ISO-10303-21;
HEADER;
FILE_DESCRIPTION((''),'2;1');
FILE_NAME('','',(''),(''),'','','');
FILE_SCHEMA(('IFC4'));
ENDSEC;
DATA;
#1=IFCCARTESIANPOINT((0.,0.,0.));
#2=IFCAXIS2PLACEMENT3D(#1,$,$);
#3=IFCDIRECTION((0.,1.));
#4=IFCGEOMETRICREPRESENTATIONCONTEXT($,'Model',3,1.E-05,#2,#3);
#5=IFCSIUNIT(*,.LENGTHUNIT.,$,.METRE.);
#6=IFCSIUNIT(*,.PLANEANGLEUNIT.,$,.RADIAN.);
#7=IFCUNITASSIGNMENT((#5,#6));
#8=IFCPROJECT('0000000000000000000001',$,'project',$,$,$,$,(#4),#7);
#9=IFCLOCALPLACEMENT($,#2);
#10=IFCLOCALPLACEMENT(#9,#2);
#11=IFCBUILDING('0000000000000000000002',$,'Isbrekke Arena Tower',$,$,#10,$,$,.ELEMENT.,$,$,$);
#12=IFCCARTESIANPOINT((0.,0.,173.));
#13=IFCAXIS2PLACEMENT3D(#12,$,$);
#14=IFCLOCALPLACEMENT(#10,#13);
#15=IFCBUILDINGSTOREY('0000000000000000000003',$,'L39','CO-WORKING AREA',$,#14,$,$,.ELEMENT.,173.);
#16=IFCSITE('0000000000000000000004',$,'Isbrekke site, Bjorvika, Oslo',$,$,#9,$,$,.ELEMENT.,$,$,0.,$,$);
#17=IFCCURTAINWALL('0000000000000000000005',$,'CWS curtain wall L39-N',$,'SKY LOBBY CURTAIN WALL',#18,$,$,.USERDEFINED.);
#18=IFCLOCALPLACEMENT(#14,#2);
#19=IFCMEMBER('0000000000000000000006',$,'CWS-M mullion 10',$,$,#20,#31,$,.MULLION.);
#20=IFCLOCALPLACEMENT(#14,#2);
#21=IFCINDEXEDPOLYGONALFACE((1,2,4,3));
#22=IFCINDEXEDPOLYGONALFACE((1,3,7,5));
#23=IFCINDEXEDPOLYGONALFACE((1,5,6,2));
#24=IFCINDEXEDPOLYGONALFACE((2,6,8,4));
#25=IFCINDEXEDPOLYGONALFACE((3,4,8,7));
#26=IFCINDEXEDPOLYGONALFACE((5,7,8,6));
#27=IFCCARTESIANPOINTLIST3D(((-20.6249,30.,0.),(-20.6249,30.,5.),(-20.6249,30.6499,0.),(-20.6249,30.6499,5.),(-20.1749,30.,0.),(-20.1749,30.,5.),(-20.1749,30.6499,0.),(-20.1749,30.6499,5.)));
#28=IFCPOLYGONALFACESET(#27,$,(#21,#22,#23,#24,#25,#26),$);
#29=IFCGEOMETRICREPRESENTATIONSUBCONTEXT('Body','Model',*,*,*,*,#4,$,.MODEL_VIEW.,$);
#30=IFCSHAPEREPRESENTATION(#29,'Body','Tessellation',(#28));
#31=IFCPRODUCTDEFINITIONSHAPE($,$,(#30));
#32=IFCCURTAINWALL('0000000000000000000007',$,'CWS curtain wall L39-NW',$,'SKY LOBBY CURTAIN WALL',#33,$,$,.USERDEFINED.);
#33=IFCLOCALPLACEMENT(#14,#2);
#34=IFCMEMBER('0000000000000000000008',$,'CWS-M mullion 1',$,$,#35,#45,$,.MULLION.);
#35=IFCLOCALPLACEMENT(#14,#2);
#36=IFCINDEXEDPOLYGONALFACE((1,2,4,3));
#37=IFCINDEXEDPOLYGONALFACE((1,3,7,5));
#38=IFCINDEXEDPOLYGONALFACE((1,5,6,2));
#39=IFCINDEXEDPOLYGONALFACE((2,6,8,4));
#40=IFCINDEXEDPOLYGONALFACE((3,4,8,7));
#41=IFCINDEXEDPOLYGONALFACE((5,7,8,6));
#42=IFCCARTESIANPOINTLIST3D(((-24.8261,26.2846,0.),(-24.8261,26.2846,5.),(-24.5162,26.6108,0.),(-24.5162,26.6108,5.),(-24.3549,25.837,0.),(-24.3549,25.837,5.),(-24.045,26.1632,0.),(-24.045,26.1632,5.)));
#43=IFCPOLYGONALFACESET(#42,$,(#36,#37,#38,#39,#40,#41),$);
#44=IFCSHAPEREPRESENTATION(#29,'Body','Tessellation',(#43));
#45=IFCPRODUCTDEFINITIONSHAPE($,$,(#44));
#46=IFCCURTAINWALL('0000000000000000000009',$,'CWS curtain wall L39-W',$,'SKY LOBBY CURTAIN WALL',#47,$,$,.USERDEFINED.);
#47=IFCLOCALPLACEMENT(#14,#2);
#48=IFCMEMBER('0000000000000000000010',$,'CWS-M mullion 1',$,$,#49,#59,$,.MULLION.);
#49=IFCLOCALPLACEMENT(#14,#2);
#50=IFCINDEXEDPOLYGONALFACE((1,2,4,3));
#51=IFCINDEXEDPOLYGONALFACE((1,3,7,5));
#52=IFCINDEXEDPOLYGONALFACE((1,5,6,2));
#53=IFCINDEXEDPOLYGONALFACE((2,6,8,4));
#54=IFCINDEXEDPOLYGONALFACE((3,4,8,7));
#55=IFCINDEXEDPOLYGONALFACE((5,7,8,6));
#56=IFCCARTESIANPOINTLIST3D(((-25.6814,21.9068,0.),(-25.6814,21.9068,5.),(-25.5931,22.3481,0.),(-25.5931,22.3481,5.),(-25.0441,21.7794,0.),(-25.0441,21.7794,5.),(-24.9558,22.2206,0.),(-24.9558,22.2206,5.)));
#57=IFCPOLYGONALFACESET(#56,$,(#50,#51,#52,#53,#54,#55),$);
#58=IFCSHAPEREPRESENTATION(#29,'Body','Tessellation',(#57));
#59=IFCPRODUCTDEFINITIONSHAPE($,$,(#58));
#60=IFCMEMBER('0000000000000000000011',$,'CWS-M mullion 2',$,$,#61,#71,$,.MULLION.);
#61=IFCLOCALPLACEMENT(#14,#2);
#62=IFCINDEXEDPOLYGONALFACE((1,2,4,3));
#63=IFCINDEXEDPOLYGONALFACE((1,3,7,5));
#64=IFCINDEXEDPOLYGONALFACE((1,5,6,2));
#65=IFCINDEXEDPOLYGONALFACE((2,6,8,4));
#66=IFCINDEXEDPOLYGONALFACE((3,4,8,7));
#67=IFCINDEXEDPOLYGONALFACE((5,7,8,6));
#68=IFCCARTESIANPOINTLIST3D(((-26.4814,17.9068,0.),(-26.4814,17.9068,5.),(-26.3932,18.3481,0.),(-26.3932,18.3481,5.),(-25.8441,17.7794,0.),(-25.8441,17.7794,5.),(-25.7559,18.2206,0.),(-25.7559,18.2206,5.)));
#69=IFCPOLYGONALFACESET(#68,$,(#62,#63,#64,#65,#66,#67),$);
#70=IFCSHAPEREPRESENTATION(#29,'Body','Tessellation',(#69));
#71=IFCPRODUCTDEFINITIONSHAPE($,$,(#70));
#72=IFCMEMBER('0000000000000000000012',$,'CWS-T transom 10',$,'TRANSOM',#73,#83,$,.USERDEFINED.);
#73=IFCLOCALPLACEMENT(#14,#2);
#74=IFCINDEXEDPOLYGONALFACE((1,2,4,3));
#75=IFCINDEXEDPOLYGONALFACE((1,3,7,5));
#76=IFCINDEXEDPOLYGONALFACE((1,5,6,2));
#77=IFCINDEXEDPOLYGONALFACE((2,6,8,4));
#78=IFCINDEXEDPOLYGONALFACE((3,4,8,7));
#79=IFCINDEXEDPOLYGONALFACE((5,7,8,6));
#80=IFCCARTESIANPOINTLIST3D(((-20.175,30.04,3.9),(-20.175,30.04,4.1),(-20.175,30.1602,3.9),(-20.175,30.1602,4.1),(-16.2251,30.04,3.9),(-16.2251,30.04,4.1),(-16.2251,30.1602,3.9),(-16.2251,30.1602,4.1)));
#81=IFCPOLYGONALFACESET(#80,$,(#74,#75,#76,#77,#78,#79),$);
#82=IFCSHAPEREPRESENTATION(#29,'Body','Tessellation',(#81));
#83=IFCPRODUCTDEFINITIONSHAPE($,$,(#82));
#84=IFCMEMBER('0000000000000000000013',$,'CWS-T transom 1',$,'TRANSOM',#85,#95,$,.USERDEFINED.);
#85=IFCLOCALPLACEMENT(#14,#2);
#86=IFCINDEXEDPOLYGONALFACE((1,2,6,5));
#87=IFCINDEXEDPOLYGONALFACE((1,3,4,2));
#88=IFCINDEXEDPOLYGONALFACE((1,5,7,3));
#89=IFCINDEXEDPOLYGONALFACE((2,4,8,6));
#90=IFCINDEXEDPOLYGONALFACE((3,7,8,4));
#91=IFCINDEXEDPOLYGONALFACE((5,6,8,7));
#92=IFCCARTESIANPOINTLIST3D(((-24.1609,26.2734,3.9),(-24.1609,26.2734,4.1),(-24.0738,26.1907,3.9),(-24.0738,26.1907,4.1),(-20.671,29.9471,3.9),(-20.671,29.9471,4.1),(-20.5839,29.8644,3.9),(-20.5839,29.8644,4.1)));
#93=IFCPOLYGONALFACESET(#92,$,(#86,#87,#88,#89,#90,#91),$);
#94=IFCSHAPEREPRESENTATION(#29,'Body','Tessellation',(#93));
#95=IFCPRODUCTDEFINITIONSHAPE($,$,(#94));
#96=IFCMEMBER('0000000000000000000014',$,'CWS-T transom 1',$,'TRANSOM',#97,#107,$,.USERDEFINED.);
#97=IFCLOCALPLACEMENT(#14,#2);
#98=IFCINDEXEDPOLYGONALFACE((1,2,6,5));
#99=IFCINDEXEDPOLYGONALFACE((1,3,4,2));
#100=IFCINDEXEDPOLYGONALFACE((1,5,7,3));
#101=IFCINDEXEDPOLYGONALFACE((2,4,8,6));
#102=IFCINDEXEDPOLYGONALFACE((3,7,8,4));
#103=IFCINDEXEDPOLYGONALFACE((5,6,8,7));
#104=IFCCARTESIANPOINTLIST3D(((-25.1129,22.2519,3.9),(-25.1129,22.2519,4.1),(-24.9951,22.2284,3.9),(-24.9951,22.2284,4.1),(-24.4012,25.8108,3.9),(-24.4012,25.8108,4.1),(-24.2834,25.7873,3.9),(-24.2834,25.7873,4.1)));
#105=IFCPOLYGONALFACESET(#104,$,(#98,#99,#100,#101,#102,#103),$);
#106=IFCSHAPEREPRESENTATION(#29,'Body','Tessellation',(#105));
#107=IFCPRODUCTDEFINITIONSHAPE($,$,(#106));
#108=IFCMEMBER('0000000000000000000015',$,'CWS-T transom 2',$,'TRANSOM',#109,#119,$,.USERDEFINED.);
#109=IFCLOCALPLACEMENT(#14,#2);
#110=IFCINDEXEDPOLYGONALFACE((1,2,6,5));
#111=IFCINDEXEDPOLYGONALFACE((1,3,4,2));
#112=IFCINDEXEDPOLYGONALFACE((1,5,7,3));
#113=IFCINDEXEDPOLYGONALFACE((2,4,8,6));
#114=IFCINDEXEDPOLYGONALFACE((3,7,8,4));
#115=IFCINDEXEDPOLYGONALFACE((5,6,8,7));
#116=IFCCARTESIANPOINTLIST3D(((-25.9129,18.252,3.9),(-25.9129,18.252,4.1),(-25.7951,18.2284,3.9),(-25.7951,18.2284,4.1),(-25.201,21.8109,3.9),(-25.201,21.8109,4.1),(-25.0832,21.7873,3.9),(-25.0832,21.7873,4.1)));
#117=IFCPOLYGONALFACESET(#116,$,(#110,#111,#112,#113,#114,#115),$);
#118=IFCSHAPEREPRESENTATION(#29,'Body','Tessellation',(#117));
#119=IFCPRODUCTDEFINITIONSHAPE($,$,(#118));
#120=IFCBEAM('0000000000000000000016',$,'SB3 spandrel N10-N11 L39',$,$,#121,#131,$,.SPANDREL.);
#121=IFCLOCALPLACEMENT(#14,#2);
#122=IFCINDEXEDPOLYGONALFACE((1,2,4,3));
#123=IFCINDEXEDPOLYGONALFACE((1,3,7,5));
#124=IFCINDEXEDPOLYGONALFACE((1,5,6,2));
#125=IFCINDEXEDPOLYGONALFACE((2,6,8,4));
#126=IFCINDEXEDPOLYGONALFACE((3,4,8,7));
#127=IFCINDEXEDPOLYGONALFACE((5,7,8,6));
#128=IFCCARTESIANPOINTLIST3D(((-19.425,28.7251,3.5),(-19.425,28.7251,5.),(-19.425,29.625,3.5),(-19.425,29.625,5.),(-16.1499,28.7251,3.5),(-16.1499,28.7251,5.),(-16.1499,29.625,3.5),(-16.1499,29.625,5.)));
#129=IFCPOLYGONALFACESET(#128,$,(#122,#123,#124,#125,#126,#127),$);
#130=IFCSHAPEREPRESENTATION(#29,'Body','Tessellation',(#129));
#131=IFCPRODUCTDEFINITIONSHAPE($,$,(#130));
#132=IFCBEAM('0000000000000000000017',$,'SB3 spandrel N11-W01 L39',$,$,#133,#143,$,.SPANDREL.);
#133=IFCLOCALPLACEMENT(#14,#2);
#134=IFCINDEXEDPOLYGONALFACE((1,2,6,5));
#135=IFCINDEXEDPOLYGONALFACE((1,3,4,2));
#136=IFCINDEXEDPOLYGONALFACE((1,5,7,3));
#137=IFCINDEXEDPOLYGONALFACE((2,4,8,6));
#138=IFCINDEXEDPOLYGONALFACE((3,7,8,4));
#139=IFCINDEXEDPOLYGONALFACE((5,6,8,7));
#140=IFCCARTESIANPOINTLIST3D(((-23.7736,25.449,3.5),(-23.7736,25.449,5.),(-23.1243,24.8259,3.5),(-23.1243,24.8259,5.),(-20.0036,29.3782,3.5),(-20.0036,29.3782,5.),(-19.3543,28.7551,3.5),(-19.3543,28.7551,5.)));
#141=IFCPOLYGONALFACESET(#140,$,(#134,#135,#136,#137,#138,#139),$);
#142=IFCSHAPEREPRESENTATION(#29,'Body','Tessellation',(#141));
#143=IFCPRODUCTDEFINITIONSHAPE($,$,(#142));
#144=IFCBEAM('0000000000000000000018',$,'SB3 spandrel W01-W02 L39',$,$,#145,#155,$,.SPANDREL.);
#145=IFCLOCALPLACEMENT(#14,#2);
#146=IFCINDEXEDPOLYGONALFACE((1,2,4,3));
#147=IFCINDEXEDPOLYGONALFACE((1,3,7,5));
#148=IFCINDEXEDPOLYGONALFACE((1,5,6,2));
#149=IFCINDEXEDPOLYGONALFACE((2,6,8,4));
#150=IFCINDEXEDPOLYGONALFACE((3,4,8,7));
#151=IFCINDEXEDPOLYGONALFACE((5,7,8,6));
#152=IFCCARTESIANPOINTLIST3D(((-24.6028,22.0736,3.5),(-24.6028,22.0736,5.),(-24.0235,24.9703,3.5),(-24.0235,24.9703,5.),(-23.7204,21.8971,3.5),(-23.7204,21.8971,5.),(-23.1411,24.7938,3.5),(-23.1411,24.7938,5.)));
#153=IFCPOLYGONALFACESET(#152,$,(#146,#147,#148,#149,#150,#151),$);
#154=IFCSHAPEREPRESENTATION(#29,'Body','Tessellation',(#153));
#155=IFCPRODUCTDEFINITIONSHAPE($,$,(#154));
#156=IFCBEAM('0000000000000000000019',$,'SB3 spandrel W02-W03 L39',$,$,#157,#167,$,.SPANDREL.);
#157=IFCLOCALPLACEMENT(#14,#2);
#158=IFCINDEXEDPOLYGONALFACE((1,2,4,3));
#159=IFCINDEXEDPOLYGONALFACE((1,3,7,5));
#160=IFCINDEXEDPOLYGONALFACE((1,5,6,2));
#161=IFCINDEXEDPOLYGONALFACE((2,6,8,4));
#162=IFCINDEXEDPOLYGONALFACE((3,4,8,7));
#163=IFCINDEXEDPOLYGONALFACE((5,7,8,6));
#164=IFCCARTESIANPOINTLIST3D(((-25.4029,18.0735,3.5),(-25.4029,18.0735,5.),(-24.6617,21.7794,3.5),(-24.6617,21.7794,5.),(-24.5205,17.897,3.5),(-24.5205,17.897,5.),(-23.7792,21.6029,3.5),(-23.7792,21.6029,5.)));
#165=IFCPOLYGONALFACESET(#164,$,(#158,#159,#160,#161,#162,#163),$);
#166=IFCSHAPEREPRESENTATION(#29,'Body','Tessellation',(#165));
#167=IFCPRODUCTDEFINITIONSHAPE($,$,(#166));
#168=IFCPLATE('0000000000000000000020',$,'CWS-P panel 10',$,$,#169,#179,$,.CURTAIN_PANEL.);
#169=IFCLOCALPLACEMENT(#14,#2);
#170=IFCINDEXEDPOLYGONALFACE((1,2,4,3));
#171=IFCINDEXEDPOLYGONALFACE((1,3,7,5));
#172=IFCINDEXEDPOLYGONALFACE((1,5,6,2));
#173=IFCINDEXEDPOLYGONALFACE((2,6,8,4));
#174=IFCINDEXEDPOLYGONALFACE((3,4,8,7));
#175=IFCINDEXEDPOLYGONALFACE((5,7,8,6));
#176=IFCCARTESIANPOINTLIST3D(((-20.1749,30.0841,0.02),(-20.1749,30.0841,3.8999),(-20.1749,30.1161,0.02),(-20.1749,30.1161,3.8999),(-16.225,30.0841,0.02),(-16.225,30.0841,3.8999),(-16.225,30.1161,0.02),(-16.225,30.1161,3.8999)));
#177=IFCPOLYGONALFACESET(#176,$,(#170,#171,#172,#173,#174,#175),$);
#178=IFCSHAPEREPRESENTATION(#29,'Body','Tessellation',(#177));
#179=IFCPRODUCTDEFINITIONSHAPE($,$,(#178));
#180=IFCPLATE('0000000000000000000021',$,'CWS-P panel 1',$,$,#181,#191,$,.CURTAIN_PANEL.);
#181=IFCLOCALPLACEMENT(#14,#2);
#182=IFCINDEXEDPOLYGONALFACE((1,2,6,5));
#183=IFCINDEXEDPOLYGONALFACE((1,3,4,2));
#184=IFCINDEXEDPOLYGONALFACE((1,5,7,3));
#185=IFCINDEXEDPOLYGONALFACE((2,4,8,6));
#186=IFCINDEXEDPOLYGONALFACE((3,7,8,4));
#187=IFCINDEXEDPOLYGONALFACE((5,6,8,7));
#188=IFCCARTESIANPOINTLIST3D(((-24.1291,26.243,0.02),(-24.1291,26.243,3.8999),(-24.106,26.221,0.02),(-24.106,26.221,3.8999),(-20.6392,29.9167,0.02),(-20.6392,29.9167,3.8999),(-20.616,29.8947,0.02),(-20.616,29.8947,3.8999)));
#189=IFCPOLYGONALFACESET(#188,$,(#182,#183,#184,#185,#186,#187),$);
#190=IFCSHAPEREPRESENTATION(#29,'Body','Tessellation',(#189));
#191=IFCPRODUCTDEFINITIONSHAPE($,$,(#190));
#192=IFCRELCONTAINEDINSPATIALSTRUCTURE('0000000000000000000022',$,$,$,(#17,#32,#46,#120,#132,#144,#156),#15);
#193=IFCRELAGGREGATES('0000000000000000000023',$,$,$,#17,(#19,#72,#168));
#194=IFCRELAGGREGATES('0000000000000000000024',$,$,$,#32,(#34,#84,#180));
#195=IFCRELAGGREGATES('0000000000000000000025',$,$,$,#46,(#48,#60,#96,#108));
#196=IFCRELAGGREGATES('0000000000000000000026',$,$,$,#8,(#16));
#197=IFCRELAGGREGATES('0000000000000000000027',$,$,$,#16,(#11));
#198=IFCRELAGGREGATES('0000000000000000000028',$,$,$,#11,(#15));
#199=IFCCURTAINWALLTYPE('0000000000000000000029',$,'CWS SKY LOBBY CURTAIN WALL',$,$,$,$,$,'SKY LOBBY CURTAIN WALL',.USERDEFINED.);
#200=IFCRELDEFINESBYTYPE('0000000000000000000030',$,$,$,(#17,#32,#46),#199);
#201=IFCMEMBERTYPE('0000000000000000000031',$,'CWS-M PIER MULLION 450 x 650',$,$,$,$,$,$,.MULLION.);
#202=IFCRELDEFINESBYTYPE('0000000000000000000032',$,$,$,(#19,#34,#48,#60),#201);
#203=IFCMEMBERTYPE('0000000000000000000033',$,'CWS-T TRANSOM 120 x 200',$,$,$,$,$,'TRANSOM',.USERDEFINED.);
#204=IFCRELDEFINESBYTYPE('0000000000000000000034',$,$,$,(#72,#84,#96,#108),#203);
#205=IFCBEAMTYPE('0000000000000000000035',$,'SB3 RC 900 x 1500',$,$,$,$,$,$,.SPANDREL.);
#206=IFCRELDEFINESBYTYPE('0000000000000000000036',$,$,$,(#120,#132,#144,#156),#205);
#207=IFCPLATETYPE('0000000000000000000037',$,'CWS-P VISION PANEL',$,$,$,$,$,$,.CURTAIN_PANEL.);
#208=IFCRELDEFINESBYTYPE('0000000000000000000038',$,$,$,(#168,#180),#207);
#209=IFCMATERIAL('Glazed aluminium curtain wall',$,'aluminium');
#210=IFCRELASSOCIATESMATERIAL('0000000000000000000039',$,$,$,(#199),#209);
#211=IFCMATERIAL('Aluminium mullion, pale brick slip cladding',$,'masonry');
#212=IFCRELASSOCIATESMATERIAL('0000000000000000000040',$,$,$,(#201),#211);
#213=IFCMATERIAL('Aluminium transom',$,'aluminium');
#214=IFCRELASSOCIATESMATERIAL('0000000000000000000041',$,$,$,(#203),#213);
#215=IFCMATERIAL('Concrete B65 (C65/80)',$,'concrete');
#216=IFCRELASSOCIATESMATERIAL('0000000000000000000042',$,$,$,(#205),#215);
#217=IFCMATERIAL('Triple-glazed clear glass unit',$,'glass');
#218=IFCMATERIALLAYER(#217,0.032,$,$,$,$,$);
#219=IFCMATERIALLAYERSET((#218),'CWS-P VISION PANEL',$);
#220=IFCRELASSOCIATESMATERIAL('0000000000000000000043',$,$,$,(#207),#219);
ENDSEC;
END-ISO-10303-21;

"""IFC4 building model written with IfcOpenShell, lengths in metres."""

from ifc_helpers import new_model, si_unit, direction, frame, origin, origin_2d, place, context, subcontext, project, spatial, rectangle, extrude, material, layer, layer_set, material_profile, profile_set, type_object, element, aggregate, save


model = new_model("IFC4")

# Units and contexts
model_context = context("Model", 3, precision=1e-05, world=origin(), true_north=direction((0.0, 1.0)))
body_context = subcontext(model_context, "Body", "Model", "MODEL_VIEW")
ifc_project = project(units=[si_unit("LENGTHUNIT", "METRE"), si_unit("PLANEANGLEUNIT", "RADIAN")], contexts=[model_context])

# Site, building, storey
site_placement = place(None, origin())
site = spatial("IfcSite", under=ifc_project, at=site_placement, Name="Isbrekke site, Bjorvika, Oslo", CompositionType="ELEMENT", RefElevation=0.0)
building_placement = place(site_placement, origin())
building = spatial("IfcBuilding", under=site, at=building_placement, Name="Isbrekke Arena Tower", CompositionType="ELEMENT")
storey_placement = place(building_placement, frame((0.0, 0.0, 173.0)))
storey = spatial("IfcBuildingStorey", under=building, at=storey_placement, Name="L39", Description="CO-WORKING AREA", CompositionType="ELEMENT", Elevation=173.0)

# Curtain walls, members
ifc_material_1 = material(Name="Glazed aluminium curtain wall", Category="aluminium")
curtain_wall_type = type_object("IfcCurtainWallType", Name="CWS SKY LOBBY CURTAIN WALL", ElementType="SKY LOBBY CURTAIN WALL", PredefinedType="USERDEFINED", material=ifc_material_1)
curtain_wall_1_placement = place(storey_placement, origin())
curtain_wall_1 = element("IfcCurtainWall", 1, at=curtain_wall_1_placement, inside=storey, type_object=curtain_wall_type, Name="CWS curtain wall L39-N", ObjectType="SKY LOBBY CURTAIN WALL", PredefinedType="USERDEFINED")
ifc_material_2 = material(Name="Aluminium mullion, pale brick slip cladding", Category="masonry")
ifc_material_profile_1 = material_profile(ifc_material_2, rectangle(XDim=0.45, YDim=0.6499, at=origin_2d()), Name="PIER 450X650")
ifc_profile_set_1 = profile_set([ifc_material_profile_1], Name="Aluminium mullion, pale brick slip cladding")
member_type_1 = type_object("IfcMemberType", Name="CWS-M PIER MULLION 450 x 650", PredefinedType="MULLION", material=ifc_profile_set_1)
member_1_placement = place(storey_placement, frame((-20.3999, 30.325, 0.0), z_axis=(0.0, 0.0, 1.0), x_axis=(-1.0, 0.0, 0.0)))
member_1 = element("IfcMember", 2, at=member_1_placement, type_object=member_type_1, Name="CWS-M mullion 10", PredefinedType="MULLION", context=body_context, shape_type="SweptSolid", body=[
    extrude(rectangle(XDim=0.45, YDim=0.6499, at=origin_2d()), origin(), (0.0, 0.0, 1.0), 5.0),
])
curtain_wall_2_placement = place(storey_placement, origin())
curtain_wall_2 = element("IfcCurtainWall", 3, at=curtain_wall_2_placement, inside=storey, type_object=curtain_wall_type, Name="CWS curtain wall L39-NW", ObjectType="SKY LOBBY CURTAIN WALL", PredefinedType="USERDEFINED")
member_2_placement = place(storey_placement, frame((-24.4355, 26.2239, 0.0), z_axis=(0.0, 0.0, 1.0), x_axis=(-0.688749, -0.724999, 0.0)))
member_2 = element("IfcMember", 4, at=member_2_placement, type_object=member_type_1, Name="CWS-M mullion 1", PredefinedType="MULLION", context=body_context, shape_type="SweptSolid", body=[
    extrude(rectangle(XDim=0.45, YDim=0.6499, at=origin_2d()), origin(), (0.0, 0.0, 1.0), 5.0),
])

# Curtain wall, members
curtain_wall_3_placement = place(storey_placement, origin())
curtain_wall_3 = element("IfcCurtainWall", 5, at=curtain_wall_3_placement, inside=storey, type_object=curtain_wall_type, Name="CWS curtain wall L39-W", ObjectType="SKY LOBBY CURTAIN WALL", PredefinedType="USERDEFINED")
member_3_placement = place(storey_placement, frame((-25.3186, 22.0637, 0.0), z_axis=(0.0, 0.0, 1.0), x_axis=(-0.196116, -0.980581, 0.0)))
member_3 = element("IfcMember", 6, at=member_3_placement, type_object=member_type_1, Name="CWS-M mullion 1", PredefinedType="MULLION", context=body_context, shape_type="SweptSolid", body=[
    extrude(rectangle(XDim=0.45, YDim=0.6499, at=origin_2d()), origin(), (0.0, 0.0, 1.0), 5.0),
])
member_4_placement = place(storey_placement, frame((-26.1187, 18.0637, 0.0), z_axis=(0.0, 0.0, 1.0), x_axis=(-0.196116, -0.980581, 0.0)))
member_4 = element("IfcMember", 7, at=member_4_placement, type_object=member_type_1, Name="CWS-M mullion 2", PredefinedType="MULLION", context=body_context, shape_type="SweptSolid", body=[
    extrude(rectangle(XDim=0.45, YDim=0.6499, at=origin_2d()), origin(), (0.0, 0.0, 1.0), 5.0),
])

# Members
ifc_material_3 = material(Name="Aluminium transom", Category="aluminium")
ifc_material_profile_2 = material_profile(ifc_material_3, rectangle(XDim=0.1201, YDim=0.2, at=origin_2d()), Name="TRANSOM 120X200")
ifc_profile_set_2 = profile_set([ifc_material_profile_2], Name="Aluminium transom")
member_type_2 = type_object("IfcMemberType", Name="CWS-T TRANSOM 120 x 200", ElementType="TRANSOM", PredefinedType="USERDEFINED", material=ifc_profile_set_2)
member_5_placement = place(storey_placement, frame((-16.2251, 30.1001, 4.0), z_axis=(-1.0, 0.0, 0.0), x_axis=(0.0, -1.0, 0.0)))
member_5 = element("IfcMember", 8, at=member_5_placement, type_object=member_type_2, Name="CWS-T transom 10", ObjectType="TRANSOM", PredefinedType="USERDEFINED", context=body_context, shape_type="SweptSolid", body=[
    extrude(rectangle(XDim=0.1201, YDim=0.2, at=origin_2d()), origin(), (0.0, 0.0, 1.0), 3.95),
])
member_6_placement = place(storey_placement, frame((-20.6274, 29.9058, 4.0), z_axis=(-0.688734, -0.725014, 0.0), x_axis=(0.725014, -0.688734, 0.0)))
member_6 = element("IfcMember", 9, at=member_6_placement, type_object=member_type_2, Name="CWS-T transom 1", ObjectType="TRANSOM", PredefinedType="USERDEFINED", context=body_context, shape_type="SweptSolid", body=[
    extrude(rectangle(XDim=0.1201, YDim=0.2, at=origin_2d()), origin(), (0.0, 0.0, 1.0), 5.0671),
])
member_7_placement = place(storey_placement, frame((-24.3423, 25.7991, 4.0), z_axis=(-0.19609, -0.980586, 0.0), x_axis=(0.980586, -0.19609, 0.0)))
member_7 = element("IfcMember", 10, at=member_7_placement, type_object=member_type_2, Name="CWS-T transom 1", ObjectType="TRANSOM", PredefinedType="USERDEFINED", context=body_context, shape_type="SweptSolid", body=[
    extrude(rectangle(XDim=0.1201, YDim=0.2, at=origin_2d()), origin(), (0.0, 0.0, 1.0), 3.6294),
])
member_8_placement = place(storey_placement, frame((-25.1421, 21.7991, 4.0), z_axis=(-0.196155, -0.980573, 0.0), x_axis=(0.980573, -0.196155, 0.0)))
member_8 = element("IfcMember", 11, at=member_8_placement, type_object=member_type_2, Name="CWS-T transom 2", ObjectType="TRANSOM", PredefinedType="USERDEFINED", context=body_context, shape_type="SweptSolid", body=[
    extrude(rectangle(XDim=0.1201, YDim=0.2, at=origin_2d()), origin(), (0.0, 0.0, 1.0), 3.6294),
])

# Beams
ifc_material_4 = material(Name="Concrete B65 (C65/80)", Category="concrete")
ifc_material_profile_3 = material_profile(ifc_material_4, rectangle(XDim=0.8999, YDim=1.5, at=origin_2d()), Name="RC 900x1500")
ifc_profile_set_3 = profile_set([ifc_material_profile_3], Name="Concrete B65 (C65/80)")
beam_type_1 = type_object("IfcBeamType", Name="SB3 RC 900 x 1500", PredefinedType="SPANDREL", material=ifc_profile_set_3)
beam_1_placement = place(storey_placement, frame((-16.1499, 29.175, 4.25), z_axis=(-1.0, 0.0, 0.0), x_axis=(0.0, -1.0, 0.0)))
element("IfcBeam", 12, at=beam_1_placement, inside=storey, type_object=beam_type_1, Name="SB3 spandrel N10-N11 L39", PredefinedType="SPANDREL", context=body_context, shape_type="SweptSolid", body=[
    extrude(rectangle(XDim=0.8999, YDim=1.5, at=origin_2d()), origin(), (0.0, 0.0, 1.0), 3.2751),
])
beam_2_placement = place(storey_placement, frame((-19.679, 29.0667, 4.25), z_axis=(-0.69234, -0.721572, 0.0), x_axis=(0.721572, -0.69234, 0.0)))
element("IfcBeam", 13, at=beam_2_placement, inside=storey, type_object=beam_type_1, Name="SB3 spandrel N11-W01 L39", PredefinedType="SPANDREL", context=body_context, shape_type="SweptSolid", body=[
    extrude(rectangle(XDim=0.8999, YDim=1.5, at=origin_2d()), origin(), (0.0, 0.0, 1.0), 5.4453),
])
beam_3_placement = place(storey_placement, frame((-23.5823, 24.8821, 4.25), z_axis=(-0.196116, -0.980581, 0.0), x_axis=(0.980581, -0.196116, 0.0)))
element("IfcBeam", 14, at=beam_3_placement, inside=storey, type_object=beam_type_1, Name="SB3 spandrel W01-W02 L39", PredefinedType="SPANDREL", context=body_context, shape_type="SweptSolid", body=[
    extrude(rectangle(XDim=0.8999, YDim=1.5, at=origin_2d()), origin(), (0.0, 0.0, 1.0), 2.9541),
])
beam_4_placement = place(storey_placement, frame((-24.2205, 21.6912, 4.25), z_axis=(-0.196129, -0.980578, 0.0), x_axis=(0.980578, -0.196129, 0.0)))
element("IfcBeam", 15, at=beam_4_placement, inside=storey, type_object=beam_type_1, Name="SB3 spandrel W02-W03 L39", PredefinedType="SPANDREL", context=body_context, shape_type="SweptSolid", body=[
    extrude(rectangle(XDim=0.8999, YDim=1.5, at=origin_2d()), origin(), (0.0, 0.0, 1.0), 3.7793),
])

# Plates
ifc_material_5 = material(Name="Triple-glazed clear glass unit", Category="glass")
ifc_layer_1 = layer(ifc_material_5, 0.032)
ifc_layer_set_1 = layer_set([ifc_layer_1], Name="CWS-P VISION PANEL")
plate_type = type_object("IfcPlateType", Name="CWS-P VISION PANEL", PredefinedType="CURTAIN_PANEL", material=ifc_layer_set_1)
plate_1_placement = place(storey_placement, frame((-18.2, 30.1001, 0.02), z_axis=(0.0, 0.0, 1.0), x_axis=(-1.0, 0.0, 0.0)))
plate_1 = element("IfcPlate", 16, at=plate_1_placement, type_object=plate_type, Name="CWS-P panel 10", PredefinedType="CURTAIN_PANEL", context=body_context, shape_type="SweptSolid", body=[
    extrude(rectangle(XDim=3.95, YDim=0.032, at=origin_2d()), origin(), (0.0, 0.0, 1.0), 3.8799),
])
aggregate(curtain_wall_1, [member_1, member_5, plate_1])
plate_2_placement = place(storey_placement, frame((-22.3726, 28.0688, 0.02), z_axis=(0.0, 0.0, 1.0), x_axis=(-0.688749, -0.724999, 0.0)))
plate_2 = element("IfcPlate", 17, at=plate_2_placement, type_object=plate_type, Name="CWS-P panel 1", PredefinedType="CURTAIN_PANEL", context=body_context, shape_type="SweptSolid", body=[
    extrude(rectangle(XDim=5.0671, YDim=0.032, at=origin_2d()), origin(), (0.0, 0.0, 1.0), 3.8799),
])
aggregate(curtain_wall_2, [member_2, member_6, plate_2])
aggregate(curtain_wall_3, [member_3, member_4, member_7, member_8])

save(model, "model.ifc")
